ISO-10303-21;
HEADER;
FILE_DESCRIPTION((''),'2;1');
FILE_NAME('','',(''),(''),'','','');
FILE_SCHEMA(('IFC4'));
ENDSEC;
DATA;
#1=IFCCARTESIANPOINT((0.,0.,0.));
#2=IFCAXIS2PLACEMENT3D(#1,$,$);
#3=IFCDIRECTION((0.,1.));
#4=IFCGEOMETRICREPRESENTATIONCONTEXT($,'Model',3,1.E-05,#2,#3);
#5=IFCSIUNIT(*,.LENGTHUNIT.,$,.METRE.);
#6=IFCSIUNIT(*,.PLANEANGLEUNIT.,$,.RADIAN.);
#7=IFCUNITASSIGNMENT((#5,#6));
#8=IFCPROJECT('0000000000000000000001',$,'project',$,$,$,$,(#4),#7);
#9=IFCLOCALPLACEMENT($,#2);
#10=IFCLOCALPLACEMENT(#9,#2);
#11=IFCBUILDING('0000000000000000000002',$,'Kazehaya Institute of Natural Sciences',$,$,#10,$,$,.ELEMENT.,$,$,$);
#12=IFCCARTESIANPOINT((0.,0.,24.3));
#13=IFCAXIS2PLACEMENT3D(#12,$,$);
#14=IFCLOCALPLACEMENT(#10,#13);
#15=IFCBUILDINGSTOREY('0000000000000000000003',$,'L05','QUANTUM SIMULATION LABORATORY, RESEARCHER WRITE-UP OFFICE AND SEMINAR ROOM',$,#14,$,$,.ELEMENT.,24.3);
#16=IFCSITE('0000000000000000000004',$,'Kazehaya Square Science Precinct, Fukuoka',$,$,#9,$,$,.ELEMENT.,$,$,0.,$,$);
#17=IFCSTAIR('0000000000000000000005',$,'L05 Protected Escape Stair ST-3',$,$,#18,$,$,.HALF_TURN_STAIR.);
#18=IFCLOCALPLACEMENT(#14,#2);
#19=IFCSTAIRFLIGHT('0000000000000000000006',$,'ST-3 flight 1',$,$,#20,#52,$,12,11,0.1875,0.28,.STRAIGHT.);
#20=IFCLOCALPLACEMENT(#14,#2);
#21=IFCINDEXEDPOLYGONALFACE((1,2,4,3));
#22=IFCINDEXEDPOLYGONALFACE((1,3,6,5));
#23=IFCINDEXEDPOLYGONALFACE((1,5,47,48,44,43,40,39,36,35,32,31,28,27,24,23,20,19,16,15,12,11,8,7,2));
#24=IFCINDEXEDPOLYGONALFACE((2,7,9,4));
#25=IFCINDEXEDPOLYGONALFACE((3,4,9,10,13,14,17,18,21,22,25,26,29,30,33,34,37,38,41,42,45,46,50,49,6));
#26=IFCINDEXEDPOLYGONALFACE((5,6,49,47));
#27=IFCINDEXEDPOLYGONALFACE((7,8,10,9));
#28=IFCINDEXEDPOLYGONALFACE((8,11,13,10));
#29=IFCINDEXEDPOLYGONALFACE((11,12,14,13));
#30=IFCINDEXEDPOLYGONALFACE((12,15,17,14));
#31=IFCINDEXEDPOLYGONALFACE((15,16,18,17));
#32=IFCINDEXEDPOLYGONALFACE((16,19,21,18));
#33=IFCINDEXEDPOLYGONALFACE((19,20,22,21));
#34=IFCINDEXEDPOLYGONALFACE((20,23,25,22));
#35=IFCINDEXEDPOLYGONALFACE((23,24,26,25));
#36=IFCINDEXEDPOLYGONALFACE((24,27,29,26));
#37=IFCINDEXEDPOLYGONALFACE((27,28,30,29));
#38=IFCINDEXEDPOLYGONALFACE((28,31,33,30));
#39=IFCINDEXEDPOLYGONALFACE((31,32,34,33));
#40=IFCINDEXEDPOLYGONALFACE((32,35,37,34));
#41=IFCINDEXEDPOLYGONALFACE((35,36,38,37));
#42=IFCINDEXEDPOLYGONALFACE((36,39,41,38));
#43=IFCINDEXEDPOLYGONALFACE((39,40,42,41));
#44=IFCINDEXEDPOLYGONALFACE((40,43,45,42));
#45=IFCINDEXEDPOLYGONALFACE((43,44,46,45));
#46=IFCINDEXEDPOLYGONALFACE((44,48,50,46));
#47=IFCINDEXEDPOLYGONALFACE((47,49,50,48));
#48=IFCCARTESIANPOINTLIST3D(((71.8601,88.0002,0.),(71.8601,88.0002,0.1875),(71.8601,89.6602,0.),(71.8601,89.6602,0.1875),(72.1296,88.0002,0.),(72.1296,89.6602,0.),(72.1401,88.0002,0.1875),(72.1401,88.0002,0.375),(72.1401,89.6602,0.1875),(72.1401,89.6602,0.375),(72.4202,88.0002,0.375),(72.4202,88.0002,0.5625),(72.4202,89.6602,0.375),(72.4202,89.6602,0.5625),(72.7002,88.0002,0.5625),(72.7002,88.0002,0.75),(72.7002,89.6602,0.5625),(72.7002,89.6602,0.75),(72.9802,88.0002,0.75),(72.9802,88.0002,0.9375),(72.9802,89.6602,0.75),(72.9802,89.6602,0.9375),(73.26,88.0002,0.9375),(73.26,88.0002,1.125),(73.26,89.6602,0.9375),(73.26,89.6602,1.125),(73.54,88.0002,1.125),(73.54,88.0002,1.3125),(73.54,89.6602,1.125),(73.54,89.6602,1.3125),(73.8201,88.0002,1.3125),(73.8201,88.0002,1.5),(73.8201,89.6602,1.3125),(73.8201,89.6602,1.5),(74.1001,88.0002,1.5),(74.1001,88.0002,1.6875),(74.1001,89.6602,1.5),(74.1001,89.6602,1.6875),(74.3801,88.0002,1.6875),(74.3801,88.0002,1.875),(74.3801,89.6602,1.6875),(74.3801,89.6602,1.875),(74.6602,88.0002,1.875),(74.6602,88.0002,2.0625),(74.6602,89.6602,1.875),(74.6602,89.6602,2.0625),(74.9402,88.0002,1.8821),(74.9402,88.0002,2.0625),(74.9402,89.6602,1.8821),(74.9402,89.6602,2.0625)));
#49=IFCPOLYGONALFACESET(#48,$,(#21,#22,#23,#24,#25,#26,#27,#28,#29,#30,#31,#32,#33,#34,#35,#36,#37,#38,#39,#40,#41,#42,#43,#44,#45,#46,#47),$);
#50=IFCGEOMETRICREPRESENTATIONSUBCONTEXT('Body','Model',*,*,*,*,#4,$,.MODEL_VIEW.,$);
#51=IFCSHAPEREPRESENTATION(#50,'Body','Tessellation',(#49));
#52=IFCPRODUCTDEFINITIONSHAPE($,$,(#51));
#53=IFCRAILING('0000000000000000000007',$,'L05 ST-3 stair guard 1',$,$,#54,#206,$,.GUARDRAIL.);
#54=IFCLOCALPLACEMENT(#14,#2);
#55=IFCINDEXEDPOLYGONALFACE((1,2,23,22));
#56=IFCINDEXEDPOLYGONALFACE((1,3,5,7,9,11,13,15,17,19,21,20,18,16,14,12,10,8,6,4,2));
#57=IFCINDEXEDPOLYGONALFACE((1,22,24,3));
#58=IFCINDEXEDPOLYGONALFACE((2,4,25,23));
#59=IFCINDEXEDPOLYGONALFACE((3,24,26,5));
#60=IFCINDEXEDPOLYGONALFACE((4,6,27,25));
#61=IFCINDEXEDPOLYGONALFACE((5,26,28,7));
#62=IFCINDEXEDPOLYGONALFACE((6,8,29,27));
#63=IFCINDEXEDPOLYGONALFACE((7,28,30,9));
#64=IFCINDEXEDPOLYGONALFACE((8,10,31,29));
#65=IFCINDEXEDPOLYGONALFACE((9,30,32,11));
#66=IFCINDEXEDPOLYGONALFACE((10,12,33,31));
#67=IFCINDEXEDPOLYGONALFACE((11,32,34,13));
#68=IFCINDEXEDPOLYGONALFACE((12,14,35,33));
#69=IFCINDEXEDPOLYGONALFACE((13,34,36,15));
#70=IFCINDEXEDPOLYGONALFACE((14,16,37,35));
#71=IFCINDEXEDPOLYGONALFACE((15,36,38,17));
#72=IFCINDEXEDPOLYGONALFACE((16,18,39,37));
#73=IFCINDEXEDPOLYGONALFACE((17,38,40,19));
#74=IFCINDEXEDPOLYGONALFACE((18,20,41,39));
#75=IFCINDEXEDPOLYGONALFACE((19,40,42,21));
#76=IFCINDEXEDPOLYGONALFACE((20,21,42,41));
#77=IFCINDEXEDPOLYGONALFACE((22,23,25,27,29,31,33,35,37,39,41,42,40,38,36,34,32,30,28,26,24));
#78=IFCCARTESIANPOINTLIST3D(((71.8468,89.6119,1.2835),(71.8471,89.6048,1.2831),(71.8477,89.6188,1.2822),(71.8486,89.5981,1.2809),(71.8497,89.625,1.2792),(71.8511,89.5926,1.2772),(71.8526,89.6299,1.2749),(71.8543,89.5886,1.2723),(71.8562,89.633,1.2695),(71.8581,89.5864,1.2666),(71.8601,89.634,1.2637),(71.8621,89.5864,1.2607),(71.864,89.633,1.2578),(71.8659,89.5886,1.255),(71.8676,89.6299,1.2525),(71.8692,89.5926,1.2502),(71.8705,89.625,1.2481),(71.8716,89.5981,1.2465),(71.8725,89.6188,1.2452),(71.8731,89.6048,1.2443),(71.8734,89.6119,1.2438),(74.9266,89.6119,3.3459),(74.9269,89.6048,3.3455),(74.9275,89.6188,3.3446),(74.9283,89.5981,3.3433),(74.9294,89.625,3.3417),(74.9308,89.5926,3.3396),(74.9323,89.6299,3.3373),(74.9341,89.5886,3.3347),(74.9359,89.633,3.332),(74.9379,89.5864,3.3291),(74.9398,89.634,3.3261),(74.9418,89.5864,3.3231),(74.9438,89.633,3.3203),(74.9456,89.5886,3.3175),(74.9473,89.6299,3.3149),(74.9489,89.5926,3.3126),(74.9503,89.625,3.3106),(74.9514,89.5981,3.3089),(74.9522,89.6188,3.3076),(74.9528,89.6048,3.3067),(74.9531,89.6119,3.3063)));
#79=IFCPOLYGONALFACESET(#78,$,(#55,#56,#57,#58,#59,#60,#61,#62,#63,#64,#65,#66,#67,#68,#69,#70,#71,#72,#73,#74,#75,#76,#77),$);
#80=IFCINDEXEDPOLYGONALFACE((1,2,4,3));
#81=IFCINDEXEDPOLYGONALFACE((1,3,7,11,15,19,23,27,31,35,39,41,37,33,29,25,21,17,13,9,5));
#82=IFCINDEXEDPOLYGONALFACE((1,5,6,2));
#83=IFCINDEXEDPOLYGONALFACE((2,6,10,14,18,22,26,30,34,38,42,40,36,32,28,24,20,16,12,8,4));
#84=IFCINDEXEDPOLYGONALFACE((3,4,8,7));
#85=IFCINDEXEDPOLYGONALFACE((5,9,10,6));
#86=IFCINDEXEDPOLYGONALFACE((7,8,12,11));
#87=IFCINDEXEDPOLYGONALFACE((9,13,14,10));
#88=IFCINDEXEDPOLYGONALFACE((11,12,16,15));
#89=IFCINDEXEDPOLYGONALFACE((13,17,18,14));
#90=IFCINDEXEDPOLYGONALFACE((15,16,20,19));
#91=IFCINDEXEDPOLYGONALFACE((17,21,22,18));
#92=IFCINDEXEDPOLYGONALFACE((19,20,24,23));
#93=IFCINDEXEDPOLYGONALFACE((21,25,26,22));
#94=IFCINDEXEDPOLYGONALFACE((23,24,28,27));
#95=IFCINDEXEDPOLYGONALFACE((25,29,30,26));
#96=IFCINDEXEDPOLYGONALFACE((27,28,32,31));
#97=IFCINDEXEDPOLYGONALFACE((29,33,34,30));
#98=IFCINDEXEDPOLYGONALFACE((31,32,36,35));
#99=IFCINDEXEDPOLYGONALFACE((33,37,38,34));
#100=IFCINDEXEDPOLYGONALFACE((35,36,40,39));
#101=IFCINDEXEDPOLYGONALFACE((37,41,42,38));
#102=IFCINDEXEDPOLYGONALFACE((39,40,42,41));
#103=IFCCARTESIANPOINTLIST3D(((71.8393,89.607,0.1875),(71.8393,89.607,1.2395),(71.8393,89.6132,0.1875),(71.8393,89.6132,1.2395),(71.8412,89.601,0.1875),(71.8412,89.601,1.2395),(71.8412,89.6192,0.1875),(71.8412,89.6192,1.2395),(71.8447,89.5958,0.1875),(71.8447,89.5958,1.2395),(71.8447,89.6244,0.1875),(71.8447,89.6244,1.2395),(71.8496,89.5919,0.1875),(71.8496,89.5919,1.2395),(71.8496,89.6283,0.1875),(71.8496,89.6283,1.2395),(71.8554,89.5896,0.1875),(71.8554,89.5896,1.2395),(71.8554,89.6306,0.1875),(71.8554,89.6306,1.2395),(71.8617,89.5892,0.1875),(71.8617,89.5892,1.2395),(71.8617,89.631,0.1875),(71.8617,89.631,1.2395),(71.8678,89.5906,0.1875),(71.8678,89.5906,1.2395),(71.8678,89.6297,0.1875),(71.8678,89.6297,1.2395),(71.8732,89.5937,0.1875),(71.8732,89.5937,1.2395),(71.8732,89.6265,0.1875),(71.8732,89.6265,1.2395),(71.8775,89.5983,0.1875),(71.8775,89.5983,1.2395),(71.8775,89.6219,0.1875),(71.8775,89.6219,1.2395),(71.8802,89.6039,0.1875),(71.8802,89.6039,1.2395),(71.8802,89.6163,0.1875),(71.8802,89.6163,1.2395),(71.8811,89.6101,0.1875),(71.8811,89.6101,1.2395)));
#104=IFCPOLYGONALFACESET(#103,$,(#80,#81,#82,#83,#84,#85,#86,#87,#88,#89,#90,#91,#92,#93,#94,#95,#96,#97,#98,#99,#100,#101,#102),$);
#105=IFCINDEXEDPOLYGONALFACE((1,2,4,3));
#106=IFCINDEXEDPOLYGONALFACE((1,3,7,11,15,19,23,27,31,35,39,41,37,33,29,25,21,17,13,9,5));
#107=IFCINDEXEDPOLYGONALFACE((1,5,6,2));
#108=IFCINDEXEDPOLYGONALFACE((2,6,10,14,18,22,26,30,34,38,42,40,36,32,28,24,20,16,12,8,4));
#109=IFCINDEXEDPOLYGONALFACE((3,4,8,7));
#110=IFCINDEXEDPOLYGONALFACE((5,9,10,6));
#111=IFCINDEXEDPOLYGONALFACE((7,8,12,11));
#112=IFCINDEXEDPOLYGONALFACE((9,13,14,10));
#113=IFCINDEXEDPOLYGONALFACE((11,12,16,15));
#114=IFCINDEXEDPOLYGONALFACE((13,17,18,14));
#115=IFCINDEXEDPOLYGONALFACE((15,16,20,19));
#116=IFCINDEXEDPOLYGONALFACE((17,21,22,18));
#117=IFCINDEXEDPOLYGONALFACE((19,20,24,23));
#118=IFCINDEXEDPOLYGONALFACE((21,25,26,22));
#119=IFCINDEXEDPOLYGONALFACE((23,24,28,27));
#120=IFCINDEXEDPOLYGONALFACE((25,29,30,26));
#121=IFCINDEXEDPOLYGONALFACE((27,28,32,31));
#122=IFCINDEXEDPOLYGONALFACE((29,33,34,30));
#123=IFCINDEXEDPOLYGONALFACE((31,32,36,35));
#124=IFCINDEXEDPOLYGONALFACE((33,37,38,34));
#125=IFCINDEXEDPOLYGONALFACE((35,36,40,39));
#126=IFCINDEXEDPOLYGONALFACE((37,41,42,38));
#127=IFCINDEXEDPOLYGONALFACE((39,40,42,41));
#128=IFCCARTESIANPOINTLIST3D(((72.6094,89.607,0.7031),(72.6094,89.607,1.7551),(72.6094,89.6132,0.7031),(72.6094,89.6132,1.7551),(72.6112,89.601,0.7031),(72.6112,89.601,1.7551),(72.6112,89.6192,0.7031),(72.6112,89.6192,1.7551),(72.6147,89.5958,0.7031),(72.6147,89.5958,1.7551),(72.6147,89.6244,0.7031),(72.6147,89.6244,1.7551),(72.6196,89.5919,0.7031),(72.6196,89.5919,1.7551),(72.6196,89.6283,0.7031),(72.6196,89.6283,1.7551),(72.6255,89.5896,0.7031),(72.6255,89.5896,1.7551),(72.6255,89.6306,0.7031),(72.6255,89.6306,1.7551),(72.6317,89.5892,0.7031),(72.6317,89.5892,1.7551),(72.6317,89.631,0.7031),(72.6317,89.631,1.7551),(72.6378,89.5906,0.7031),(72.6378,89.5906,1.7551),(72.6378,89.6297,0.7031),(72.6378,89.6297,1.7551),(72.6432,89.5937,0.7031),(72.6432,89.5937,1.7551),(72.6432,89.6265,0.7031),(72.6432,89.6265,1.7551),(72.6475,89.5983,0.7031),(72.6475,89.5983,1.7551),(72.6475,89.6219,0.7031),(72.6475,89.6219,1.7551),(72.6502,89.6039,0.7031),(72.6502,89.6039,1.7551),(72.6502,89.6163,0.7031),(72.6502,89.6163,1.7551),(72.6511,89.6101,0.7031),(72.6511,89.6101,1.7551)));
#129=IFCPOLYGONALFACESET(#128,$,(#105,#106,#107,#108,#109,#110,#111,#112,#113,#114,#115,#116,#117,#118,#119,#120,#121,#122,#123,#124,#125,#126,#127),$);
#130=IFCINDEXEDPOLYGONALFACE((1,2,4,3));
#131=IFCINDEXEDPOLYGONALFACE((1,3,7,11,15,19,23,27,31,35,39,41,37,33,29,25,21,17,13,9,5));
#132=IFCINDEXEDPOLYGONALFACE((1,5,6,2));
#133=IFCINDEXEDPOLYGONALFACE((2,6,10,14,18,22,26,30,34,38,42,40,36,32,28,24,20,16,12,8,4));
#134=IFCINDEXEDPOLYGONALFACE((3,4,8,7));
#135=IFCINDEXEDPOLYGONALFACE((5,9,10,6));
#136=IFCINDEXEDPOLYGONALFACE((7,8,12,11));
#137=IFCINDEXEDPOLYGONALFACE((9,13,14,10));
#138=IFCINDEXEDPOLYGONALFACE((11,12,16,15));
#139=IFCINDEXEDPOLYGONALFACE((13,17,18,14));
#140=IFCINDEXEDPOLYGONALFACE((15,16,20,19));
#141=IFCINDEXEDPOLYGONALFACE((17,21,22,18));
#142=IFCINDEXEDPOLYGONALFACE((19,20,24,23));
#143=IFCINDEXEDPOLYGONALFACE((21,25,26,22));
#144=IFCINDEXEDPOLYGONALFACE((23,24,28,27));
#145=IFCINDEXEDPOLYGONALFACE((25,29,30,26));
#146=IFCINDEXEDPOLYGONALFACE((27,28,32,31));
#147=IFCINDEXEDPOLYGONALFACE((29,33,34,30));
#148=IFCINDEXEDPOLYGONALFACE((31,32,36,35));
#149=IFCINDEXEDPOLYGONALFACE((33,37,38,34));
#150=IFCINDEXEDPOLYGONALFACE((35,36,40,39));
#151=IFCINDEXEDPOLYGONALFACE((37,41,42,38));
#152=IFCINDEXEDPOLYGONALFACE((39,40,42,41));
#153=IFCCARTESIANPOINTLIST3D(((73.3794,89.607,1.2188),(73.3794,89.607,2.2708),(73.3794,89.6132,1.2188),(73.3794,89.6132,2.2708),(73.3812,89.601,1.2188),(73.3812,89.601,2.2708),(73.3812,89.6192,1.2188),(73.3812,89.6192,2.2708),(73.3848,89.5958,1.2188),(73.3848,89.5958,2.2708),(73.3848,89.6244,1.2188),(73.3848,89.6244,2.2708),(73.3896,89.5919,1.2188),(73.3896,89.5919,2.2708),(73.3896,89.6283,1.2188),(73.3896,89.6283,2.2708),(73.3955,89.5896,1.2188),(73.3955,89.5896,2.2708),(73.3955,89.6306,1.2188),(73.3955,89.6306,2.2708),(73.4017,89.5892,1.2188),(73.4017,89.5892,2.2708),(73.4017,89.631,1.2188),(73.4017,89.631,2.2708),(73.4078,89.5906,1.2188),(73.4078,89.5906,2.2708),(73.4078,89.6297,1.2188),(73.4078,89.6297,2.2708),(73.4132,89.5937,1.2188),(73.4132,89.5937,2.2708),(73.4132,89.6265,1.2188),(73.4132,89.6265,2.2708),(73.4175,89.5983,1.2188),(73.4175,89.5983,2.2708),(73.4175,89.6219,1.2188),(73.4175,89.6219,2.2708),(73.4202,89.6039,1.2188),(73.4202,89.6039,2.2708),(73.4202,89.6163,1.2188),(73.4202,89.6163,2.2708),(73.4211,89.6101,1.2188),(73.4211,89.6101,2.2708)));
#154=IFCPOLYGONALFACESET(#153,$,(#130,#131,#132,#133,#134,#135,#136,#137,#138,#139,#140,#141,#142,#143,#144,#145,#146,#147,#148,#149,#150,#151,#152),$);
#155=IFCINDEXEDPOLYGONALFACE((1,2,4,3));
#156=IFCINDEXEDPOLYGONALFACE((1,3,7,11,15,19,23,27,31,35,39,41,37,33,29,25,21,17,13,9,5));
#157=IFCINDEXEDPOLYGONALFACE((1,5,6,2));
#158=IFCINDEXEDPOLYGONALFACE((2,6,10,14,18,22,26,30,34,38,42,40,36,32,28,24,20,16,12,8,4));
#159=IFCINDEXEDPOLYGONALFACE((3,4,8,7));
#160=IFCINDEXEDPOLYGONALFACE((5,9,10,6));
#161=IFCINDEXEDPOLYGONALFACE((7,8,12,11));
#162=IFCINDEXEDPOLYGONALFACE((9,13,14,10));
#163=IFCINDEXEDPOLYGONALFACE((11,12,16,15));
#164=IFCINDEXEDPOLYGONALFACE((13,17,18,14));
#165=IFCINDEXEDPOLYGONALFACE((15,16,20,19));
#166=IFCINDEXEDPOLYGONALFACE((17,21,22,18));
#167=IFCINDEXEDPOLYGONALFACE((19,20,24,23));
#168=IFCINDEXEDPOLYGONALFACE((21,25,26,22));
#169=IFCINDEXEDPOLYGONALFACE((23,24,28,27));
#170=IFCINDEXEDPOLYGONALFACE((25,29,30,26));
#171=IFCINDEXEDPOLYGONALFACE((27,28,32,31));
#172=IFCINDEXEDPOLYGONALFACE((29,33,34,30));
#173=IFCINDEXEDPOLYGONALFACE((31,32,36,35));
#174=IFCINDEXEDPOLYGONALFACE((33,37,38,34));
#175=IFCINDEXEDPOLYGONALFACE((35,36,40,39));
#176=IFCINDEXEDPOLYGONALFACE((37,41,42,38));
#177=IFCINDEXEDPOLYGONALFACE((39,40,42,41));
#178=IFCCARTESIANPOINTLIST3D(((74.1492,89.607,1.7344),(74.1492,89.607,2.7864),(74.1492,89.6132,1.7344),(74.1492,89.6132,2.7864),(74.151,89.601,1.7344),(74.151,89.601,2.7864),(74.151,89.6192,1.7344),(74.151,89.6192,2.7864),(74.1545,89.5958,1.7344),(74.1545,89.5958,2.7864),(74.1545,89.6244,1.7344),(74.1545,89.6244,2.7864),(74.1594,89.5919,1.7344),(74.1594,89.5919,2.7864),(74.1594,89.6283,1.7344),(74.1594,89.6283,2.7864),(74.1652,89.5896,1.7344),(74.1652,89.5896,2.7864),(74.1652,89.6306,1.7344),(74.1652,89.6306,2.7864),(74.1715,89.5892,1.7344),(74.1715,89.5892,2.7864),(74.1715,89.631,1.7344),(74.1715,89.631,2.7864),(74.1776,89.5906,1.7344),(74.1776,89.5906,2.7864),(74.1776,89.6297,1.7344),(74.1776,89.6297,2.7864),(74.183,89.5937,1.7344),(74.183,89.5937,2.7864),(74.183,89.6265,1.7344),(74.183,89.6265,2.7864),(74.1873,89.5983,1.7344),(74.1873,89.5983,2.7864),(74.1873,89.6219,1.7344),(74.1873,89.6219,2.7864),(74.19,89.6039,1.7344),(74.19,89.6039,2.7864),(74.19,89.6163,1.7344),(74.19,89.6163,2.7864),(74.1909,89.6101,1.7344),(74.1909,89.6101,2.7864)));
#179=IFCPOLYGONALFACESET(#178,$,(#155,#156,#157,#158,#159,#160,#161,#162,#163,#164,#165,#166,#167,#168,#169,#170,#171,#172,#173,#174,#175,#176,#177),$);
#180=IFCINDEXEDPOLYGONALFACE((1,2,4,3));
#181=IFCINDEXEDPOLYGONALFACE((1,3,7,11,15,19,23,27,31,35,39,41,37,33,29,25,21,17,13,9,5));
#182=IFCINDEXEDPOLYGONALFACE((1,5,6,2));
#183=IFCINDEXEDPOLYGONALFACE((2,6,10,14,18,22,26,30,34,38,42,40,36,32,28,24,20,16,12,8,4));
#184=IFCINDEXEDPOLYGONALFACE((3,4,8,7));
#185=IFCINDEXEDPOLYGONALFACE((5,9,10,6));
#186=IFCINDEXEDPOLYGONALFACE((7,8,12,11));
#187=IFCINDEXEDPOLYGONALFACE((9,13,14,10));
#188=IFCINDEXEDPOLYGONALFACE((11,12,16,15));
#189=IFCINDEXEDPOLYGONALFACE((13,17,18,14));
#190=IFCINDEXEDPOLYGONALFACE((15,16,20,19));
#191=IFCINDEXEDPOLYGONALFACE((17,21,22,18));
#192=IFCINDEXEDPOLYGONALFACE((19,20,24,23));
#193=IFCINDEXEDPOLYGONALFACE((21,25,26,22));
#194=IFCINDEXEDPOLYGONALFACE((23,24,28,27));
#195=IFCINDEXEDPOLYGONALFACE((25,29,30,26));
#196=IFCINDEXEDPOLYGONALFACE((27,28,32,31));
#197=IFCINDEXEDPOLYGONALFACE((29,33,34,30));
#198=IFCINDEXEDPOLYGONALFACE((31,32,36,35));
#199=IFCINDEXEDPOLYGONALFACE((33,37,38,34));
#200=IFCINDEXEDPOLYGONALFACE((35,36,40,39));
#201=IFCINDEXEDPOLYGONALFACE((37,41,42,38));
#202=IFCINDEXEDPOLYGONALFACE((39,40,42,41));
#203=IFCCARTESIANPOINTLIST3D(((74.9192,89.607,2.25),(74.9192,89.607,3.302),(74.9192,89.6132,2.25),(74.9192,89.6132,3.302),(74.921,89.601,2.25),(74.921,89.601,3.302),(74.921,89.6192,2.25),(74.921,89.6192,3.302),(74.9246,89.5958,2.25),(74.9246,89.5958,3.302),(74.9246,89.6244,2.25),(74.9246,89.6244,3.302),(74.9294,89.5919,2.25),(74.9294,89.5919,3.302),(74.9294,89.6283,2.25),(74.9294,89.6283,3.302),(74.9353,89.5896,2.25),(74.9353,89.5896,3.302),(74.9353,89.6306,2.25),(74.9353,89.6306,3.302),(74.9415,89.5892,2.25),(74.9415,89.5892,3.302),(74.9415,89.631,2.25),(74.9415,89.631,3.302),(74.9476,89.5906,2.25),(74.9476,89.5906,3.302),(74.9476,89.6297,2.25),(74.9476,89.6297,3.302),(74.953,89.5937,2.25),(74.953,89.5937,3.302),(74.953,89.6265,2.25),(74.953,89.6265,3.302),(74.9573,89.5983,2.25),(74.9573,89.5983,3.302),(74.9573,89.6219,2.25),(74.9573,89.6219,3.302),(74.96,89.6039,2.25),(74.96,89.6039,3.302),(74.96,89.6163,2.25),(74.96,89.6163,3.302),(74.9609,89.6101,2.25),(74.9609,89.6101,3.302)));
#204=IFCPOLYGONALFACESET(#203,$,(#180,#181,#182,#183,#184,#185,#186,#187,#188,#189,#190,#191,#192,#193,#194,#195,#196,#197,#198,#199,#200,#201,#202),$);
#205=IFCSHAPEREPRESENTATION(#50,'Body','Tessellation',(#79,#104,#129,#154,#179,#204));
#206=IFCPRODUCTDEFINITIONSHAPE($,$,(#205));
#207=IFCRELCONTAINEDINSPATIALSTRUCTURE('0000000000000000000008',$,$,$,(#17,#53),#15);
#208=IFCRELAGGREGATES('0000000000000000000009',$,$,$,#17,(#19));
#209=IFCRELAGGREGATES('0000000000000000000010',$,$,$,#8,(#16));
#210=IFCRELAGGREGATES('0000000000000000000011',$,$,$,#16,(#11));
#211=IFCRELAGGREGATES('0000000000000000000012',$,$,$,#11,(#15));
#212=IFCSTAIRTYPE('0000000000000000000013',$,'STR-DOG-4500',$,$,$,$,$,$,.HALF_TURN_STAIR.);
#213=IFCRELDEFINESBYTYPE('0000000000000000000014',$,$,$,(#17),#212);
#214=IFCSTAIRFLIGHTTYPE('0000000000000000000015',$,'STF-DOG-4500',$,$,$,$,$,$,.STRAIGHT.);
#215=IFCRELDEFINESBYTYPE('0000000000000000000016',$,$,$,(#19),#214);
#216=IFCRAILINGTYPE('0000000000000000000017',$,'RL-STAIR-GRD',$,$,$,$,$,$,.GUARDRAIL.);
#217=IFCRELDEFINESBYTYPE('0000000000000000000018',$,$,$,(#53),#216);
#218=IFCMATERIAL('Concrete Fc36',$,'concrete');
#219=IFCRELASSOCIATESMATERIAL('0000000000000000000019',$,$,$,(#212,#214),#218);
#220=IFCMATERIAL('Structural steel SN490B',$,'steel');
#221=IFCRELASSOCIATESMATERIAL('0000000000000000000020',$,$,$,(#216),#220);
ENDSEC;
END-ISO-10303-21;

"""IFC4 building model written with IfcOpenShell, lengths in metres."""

from ifc_helpers import new_model, si_unit, direction, frame, origin, origin_2d, place, context, subcontext, project, spatial, polyline, circle, outline, extrude, material, type_object, element, aggregate, save


model = new_model("IFC4")

# Units and contexts
model_context = context("Model", 3, precision=1e-05, world=origin(), true_north=direction((0.0, 1.0)))
body_context = subcontext(model_context, "Body", "Model", "MODEL_VIEW")
ifc_project = project(units=[si_unit("LENGTHUNIT", "METRE"), si_unit("PLANEANGLEUNIT", "RADIAN")], contexts=[model_context])

# Site, building, storey
site_placement = place(None, origin())
site = spatial("IfcSite", under=ifc_project, at=site_placement, Name="Kazehaya Square Science Precinct, Fukuoka", CompositionType="ELEMENT", RefElevation=0.0)
building_placement = place(site_placement, origin())
building = spatial("IfcBuilding", under=site, at=building_placement, Name="Kazehaya Institute of Natural Sciences", CompositionType="ELEMENT")
storey_placement = place(building_placement, frame((0.0, 0.0, 24.3)))
storey = spatial("IfcBuildingStorey", under=building, at=storey_placement, Name="L05", Description="QUANTUM SIMULATION LABORATORY, RESEARCHER WRITE-UP OFFICE AND SEMINAR ROOM", CompositionType="ELEMENT", Elevation=24.3)

# Shared definitions
ifc_material_1 = material(Name="Concrete Fc36", Category="concrete")

# Stair, stair flight
stair_type = type_object("IfcStairType", Name="STR-DOG-4500", PredefinedType="HALF_TURN_STAIR", material=ifc_material_1)
stair_placement = place(storey_placement, origin())
stair = element("IfcStair", 1, at=stair_placement, inside=storey, type_object=stair_type, Name="L05 Protected Escape Stair ST-3", PredefinedType="HALF_TURN_STAIR")
stair_flight_type = type_object("IfcStairFlightType", Name="STF-DOG-4500", PredefinedType="STRAIGHT", material=ifc_material_1)
stair_flight_placement = place(storey_placement, frame((71.8601, 88.8301, 0.0), z_axis=(0.0, 0.0, 1.0), x_axis=(1.0, 0.0, 0.0)))
stair_flight = element("IfcStairFlight", 2, at=stair_flight_placement, type_object=stair_flight_type, Name="ST-3 flight 1", NumberOfRisers=12, NumberOfTreads=11, PredefinedType="STRAIGHT", RiserHeight=0.1875, TreadLength=0.28, context=body_context, shape_type="SweptSolid", body=[
    extrude(outline(polyline([(0.0, 0.0), (0.0, 0.1875), (0.28, 0.1875), (0.28, 0.375), (0.5601, 0.375), (0.5601, 0.5625), (0.8401, 0.5625), (0.8401, 0.75), (1.1201, 0.75), (1.1201, 0.9375), (1.3999, 0.9375), (1.3999, 1.125), (1.6799, 1.125), (1.6799, 1.3125), (1.96, 1.3125), (1.96, 1.5), (2.24, 1.5), (2.24, 1.6875), (2.52, 1.6875), (2.52, 1.875), (2.8, 1.875), (2.8, 2.0625), (3.0801, 2.0625), (3.0801, 2.25), (3.0801, 1.8821), (0.2695, 0.0), (0.0, 0.0)])), frame((0.0, 0.8301, 0.0), z_axis=(0.0, -1.0, 0.0), x_axis=(1.0, 0.0, 0.0)), (0.0, 0.0, 1.0), 1.6599),
])
aggregate(stair, [stair_flight])

# Railing
ifc_material_2 = material(Name="Structural steel SN490B", Category="steel")
railing_type_1 = type_object("IfcRailingType", Name="RL-STAIR-GRD", PredefinedType="GUARDRAIL", material=ifc_material_2)
railing_1_placement = place(storey_placement, frame((71.8601, 89.6101, 0.1875)))
element("IfcRailing", 3, at=railing_1_placement, inside=storey, type_object=railing_type_1, Name="L05 ST-3 stair guard 1", PredefinedType="GUARDRAIL", context=body_context, shape_type="SweptSolid", body=[
    extrude(circle(Radius=0.0239, at=origin_2d()), frame((0.0, 0.0, 1.0762), z_axis=(0.830893, 0.0, 0.556432), x_axis=(0.0, 1.0, 0.0)), (0.0, 0.0, 1.0), 3.7065),
    extrude(circle(Radius=0.021, at=origin_2d()), origin(), (0.0, 0.0, 1.0), 1.052),
    extrude(circle(Radius=0.021, at=origin_2d()), frame((0.77, 0.0, 0.5156)), (0.0, 0.0, 1.0), 1.052),
    extrude(circle(Radius=0.021, at=origin_2d()), frame((1.54, 0.0, 1.0312)), (0.0, 0.0, 1.0), 1.052),
    extrude(circle(Radius=0.021, at=origin_2d()), frame((2.3098, 0.0, 1.5469)), (0.0, 0.0, 1.0), 1.052),
    extrude(circle(Radius=0.021, at=origin_2d()), frame((3.0798, 0.0, 2.0625)), (0.0, 0.0, 1.0), 1.052),
])

save(model, "model.ifc")
